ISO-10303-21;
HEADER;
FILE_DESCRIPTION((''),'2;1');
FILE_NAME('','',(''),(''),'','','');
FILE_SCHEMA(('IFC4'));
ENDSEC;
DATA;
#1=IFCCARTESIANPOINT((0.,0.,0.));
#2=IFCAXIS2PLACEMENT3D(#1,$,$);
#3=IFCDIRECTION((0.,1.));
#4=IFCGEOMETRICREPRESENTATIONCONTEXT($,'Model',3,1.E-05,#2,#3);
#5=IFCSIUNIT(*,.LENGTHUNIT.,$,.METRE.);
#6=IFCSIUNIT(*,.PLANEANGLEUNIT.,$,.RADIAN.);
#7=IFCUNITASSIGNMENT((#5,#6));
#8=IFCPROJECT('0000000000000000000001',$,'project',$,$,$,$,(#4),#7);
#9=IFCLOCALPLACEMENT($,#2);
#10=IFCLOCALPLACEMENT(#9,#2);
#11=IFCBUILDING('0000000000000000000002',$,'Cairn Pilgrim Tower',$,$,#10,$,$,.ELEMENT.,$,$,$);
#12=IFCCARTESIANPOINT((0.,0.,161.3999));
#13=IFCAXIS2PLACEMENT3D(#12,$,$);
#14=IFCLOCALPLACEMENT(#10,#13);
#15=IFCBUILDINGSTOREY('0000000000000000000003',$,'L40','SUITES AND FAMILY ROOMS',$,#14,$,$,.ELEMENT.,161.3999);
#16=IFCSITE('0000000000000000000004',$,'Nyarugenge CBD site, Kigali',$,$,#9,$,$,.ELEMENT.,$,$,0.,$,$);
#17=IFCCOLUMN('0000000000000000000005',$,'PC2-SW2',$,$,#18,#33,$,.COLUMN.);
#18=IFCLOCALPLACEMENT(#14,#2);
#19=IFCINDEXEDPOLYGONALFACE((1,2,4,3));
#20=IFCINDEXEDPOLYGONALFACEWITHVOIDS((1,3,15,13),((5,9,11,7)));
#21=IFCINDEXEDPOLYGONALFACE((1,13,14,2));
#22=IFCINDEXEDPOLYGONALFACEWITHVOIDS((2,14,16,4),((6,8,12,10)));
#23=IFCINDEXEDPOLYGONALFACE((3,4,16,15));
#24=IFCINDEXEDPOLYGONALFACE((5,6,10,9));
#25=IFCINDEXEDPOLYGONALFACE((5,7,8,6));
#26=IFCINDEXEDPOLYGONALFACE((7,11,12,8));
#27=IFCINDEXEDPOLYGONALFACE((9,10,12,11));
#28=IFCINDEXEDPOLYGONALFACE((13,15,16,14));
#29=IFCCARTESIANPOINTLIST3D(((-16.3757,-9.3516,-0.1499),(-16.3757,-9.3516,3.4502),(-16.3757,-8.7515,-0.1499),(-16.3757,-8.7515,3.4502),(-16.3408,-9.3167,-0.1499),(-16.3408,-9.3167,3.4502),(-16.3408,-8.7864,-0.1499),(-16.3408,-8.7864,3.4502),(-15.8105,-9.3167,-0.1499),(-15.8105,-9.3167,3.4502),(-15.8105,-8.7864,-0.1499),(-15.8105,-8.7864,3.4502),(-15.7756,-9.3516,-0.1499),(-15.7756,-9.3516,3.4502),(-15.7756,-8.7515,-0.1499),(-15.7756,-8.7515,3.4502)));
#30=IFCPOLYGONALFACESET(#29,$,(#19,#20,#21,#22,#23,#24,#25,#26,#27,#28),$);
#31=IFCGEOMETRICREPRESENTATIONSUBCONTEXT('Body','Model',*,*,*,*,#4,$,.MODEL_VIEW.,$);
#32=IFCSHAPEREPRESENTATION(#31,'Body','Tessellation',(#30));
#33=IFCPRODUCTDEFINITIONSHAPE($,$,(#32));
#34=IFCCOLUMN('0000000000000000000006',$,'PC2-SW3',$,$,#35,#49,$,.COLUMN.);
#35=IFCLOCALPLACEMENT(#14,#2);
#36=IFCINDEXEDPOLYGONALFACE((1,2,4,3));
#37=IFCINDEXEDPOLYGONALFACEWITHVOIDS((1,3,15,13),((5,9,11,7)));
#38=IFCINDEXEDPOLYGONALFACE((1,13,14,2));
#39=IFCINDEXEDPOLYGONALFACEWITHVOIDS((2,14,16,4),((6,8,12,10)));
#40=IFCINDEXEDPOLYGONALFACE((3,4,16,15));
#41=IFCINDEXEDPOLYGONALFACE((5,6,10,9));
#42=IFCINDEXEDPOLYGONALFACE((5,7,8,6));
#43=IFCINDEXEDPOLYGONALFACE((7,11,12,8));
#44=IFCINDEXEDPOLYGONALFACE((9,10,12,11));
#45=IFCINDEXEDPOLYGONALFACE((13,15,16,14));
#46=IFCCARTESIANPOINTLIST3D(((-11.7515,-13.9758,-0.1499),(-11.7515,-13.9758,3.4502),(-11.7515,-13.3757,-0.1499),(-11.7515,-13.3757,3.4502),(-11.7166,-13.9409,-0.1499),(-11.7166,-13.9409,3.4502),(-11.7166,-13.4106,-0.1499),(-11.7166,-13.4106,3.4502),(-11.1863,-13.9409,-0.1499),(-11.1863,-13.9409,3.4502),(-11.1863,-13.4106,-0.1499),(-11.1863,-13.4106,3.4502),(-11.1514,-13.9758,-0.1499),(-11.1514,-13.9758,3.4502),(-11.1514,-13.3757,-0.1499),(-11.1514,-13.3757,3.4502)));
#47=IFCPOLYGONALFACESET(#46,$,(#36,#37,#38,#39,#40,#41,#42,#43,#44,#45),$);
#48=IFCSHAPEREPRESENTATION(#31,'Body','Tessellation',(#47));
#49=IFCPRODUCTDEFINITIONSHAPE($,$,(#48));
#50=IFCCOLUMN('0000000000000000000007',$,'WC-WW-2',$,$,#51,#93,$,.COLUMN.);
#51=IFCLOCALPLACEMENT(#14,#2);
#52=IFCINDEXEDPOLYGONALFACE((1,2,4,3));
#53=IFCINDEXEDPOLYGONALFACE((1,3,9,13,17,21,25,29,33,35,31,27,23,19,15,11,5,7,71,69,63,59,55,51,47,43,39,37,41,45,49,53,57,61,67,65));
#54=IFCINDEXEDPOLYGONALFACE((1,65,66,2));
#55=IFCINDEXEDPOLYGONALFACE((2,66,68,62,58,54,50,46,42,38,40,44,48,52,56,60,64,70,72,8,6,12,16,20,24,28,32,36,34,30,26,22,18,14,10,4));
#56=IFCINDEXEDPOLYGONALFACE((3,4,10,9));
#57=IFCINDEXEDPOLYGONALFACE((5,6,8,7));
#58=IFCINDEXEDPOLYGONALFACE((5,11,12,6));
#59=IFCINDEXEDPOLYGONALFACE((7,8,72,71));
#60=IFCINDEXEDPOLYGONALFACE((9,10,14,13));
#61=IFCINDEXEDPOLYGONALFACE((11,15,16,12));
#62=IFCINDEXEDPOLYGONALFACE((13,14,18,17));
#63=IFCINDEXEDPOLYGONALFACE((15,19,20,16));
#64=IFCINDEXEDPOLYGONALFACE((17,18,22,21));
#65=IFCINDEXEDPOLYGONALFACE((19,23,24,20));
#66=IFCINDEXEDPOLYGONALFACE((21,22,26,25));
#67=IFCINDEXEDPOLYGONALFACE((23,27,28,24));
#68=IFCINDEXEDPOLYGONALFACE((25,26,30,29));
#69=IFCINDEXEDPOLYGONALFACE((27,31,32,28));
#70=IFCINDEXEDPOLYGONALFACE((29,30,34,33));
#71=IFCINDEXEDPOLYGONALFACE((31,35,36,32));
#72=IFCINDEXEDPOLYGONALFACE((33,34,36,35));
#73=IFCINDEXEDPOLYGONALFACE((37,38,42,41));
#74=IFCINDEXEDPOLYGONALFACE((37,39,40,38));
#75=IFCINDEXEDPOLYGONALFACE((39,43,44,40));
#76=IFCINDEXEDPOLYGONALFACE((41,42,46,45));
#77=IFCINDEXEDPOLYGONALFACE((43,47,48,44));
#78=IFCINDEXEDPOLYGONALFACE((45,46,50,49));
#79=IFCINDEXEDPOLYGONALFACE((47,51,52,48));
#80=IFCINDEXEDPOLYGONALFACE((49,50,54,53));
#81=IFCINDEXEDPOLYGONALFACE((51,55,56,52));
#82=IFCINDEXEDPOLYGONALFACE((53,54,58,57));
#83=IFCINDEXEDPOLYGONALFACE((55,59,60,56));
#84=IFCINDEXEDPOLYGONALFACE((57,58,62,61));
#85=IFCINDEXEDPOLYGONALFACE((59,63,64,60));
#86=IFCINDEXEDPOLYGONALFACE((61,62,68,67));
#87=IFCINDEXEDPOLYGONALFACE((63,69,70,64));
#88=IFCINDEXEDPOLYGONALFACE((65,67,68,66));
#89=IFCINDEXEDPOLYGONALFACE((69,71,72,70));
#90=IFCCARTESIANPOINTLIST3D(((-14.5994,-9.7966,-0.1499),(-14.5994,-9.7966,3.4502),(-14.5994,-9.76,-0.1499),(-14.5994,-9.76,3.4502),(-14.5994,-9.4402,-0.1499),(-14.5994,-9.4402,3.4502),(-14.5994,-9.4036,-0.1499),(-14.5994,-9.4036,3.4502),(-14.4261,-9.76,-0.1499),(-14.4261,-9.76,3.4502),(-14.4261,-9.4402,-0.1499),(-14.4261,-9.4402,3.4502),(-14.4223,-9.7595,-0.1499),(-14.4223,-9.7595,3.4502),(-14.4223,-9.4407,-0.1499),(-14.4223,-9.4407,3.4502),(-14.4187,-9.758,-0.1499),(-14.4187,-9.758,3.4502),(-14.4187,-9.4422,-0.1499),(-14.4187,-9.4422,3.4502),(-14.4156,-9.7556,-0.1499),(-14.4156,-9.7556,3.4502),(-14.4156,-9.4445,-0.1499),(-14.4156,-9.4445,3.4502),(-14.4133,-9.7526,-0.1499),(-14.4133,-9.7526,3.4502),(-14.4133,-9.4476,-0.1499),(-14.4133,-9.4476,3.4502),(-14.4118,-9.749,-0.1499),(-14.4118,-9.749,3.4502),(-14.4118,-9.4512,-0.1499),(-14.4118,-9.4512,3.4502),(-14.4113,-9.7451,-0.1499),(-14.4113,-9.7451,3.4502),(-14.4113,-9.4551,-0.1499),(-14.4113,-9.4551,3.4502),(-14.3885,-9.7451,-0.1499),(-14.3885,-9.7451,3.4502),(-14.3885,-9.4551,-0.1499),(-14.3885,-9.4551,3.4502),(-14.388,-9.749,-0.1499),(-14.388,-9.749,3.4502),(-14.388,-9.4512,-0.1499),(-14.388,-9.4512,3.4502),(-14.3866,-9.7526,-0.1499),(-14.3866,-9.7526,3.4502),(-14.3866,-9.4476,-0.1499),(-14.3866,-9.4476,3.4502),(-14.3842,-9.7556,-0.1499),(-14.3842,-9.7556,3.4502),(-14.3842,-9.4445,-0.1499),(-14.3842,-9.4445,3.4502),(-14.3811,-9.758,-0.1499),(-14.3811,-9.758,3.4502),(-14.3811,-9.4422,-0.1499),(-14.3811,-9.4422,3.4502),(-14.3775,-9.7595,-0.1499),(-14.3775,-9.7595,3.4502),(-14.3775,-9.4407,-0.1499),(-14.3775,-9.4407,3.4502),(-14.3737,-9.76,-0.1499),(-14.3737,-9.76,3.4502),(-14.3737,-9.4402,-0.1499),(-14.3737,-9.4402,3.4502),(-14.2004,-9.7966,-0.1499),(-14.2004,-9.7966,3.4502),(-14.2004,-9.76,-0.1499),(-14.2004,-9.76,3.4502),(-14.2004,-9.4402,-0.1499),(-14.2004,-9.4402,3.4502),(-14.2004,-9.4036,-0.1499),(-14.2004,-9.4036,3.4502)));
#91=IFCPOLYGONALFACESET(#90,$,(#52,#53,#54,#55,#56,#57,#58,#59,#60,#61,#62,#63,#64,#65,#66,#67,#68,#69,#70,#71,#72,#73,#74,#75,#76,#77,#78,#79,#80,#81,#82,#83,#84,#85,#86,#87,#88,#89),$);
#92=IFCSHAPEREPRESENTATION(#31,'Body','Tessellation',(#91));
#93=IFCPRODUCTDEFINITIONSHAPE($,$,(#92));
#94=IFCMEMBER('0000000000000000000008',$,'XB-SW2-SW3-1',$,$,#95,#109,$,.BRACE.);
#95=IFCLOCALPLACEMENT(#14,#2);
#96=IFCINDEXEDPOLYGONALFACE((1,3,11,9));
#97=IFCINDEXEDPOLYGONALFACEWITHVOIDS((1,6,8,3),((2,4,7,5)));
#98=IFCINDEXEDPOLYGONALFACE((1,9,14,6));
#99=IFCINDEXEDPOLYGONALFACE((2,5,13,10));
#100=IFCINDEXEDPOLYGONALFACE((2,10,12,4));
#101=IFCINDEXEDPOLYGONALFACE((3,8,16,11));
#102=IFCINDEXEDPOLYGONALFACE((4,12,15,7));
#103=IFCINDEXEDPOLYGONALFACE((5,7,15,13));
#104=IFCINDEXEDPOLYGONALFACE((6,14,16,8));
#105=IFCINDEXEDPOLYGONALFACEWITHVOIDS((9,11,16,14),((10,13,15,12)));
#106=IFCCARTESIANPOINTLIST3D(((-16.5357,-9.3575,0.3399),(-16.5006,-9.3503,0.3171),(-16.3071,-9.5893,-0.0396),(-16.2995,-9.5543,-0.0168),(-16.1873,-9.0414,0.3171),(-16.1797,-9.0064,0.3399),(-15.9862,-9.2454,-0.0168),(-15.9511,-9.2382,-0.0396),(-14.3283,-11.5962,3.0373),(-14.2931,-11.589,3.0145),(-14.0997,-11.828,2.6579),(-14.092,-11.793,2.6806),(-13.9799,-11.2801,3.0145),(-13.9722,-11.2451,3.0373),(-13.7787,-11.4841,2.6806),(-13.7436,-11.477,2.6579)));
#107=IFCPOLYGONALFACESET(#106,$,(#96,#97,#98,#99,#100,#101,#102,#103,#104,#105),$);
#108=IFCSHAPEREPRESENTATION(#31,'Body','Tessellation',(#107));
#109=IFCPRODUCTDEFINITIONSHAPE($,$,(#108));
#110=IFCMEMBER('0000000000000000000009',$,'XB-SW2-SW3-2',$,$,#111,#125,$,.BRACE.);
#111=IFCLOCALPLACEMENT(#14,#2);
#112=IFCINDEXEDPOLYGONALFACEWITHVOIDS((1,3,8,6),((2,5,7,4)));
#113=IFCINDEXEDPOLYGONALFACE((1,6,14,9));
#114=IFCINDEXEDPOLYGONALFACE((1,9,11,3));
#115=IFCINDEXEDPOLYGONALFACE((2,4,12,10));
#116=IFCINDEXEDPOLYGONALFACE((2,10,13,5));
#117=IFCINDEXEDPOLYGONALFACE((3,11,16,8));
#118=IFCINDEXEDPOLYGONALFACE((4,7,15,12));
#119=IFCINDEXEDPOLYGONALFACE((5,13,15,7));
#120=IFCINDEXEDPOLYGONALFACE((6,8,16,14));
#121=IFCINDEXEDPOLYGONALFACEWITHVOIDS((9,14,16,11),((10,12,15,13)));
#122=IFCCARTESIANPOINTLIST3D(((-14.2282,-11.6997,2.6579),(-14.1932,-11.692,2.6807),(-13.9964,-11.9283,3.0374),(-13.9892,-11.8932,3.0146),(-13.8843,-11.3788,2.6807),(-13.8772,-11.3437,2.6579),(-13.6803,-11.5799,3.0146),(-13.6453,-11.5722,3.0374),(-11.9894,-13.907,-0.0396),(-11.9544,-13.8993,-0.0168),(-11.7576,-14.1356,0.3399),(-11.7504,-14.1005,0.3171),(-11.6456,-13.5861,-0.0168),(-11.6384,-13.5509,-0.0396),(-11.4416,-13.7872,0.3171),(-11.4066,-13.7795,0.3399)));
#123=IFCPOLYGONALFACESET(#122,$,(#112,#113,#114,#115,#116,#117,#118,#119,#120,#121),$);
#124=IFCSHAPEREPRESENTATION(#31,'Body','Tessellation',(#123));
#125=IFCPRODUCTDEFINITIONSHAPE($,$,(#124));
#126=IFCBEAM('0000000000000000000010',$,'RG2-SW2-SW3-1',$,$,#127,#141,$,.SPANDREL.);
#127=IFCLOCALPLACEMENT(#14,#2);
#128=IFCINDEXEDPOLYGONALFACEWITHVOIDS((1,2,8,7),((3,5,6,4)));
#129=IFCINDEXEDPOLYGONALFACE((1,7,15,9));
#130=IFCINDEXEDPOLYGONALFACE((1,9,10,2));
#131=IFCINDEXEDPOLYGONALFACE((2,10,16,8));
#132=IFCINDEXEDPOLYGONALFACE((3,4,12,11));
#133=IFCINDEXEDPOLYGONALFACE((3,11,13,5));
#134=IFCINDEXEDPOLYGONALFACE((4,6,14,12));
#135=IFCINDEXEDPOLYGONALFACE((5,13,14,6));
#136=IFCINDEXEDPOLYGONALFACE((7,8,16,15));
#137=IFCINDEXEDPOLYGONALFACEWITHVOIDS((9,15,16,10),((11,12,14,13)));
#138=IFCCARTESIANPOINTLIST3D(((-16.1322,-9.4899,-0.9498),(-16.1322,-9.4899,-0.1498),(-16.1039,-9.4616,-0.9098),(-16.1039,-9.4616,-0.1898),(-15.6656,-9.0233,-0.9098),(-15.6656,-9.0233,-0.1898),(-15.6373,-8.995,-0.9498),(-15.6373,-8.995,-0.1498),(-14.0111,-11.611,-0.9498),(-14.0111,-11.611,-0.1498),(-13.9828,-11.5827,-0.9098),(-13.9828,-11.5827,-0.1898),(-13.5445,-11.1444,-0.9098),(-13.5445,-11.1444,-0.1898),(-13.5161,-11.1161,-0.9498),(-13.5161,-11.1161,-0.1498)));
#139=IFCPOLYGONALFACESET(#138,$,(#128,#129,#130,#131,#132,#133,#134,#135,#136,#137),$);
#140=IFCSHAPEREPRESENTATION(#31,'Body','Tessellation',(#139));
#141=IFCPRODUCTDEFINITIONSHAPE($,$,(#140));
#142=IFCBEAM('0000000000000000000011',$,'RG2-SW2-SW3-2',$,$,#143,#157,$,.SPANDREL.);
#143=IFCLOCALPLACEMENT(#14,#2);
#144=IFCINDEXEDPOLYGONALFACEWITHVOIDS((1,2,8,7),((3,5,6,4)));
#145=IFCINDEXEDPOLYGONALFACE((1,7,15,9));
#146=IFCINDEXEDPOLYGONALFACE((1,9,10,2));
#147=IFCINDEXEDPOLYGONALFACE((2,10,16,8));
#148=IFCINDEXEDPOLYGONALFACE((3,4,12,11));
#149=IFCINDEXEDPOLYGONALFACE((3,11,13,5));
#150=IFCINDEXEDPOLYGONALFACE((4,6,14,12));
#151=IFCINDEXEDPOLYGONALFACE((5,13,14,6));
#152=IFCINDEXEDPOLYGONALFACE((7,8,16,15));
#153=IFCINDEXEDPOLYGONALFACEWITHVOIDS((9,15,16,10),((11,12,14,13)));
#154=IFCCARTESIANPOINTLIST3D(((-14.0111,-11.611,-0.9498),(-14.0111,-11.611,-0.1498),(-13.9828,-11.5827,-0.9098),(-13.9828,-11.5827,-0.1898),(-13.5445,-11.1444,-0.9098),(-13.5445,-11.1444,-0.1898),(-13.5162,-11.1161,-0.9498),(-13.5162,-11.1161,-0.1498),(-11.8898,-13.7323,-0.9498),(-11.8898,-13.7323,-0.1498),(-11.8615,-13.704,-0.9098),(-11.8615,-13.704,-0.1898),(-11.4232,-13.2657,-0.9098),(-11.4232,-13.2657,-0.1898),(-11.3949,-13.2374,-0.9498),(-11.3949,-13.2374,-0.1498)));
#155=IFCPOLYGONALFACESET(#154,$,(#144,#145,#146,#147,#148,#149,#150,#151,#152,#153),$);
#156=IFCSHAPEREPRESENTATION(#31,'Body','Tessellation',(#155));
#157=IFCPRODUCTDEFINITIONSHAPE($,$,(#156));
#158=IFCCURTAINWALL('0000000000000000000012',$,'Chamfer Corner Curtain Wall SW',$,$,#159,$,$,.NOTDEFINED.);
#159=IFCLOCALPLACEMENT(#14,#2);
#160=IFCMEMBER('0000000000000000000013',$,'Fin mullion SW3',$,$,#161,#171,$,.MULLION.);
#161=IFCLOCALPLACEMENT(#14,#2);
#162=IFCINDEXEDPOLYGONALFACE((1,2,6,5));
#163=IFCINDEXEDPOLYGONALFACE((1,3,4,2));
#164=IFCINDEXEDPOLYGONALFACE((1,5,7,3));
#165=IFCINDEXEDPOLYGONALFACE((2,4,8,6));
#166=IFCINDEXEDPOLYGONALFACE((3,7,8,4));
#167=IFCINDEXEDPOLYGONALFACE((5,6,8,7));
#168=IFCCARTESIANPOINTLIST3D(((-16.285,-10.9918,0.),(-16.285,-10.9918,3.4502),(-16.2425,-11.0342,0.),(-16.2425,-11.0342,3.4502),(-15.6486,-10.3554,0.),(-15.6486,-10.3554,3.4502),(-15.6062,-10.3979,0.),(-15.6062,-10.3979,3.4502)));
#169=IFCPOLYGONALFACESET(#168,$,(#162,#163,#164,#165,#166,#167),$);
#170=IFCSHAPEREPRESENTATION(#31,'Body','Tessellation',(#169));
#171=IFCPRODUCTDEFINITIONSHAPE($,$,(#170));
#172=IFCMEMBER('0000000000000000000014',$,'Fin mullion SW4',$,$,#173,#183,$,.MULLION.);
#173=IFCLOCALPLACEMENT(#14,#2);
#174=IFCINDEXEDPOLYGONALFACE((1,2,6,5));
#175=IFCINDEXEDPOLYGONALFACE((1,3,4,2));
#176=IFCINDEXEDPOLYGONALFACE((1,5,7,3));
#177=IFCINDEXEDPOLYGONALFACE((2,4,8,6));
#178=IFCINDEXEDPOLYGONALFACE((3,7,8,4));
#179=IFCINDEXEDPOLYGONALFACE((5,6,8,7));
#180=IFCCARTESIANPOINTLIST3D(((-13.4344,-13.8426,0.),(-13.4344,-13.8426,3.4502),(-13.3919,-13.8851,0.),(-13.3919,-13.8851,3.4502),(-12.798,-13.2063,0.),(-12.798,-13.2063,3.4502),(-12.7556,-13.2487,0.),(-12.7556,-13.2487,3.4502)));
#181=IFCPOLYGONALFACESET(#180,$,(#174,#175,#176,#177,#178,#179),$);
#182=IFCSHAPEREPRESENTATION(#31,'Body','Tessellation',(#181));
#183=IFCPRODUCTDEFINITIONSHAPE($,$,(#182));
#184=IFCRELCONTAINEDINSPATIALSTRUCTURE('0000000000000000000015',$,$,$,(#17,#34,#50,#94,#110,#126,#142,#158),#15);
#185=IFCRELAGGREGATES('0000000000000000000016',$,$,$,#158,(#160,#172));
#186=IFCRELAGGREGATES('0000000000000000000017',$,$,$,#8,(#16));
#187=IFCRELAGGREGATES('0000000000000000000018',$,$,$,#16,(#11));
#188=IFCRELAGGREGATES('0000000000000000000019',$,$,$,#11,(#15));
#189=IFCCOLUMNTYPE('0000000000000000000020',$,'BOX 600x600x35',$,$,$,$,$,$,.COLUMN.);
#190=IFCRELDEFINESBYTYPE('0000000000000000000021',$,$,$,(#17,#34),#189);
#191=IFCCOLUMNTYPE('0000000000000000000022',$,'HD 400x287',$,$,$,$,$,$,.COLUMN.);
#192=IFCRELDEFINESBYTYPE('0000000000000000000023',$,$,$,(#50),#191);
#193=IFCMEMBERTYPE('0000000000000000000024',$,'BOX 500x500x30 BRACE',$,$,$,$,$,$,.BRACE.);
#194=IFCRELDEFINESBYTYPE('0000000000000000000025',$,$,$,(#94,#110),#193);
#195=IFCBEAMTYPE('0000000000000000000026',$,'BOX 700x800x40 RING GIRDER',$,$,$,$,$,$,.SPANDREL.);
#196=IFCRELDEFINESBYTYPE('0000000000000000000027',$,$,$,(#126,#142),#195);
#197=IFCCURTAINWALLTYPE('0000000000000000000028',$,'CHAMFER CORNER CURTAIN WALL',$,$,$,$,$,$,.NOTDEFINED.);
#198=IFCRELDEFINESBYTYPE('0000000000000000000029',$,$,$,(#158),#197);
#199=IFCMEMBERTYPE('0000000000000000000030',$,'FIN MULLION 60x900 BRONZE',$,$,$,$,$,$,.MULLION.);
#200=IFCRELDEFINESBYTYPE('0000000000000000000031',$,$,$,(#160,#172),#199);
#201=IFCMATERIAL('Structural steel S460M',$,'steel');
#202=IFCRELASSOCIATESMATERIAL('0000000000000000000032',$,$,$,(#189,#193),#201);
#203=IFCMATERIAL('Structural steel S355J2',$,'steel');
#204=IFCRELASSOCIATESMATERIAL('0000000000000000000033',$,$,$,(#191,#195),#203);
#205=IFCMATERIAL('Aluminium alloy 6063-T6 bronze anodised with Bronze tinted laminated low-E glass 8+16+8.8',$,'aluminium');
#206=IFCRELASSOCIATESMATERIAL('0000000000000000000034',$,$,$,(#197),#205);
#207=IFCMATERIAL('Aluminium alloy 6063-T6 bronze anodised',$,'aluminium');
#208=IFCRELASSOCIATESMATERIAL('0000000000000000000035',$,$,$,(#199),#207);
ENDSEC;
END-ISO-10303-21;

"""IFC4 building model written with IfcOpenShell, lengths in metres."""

from ifc_helpers import new_model, si_unit, direction, frame, origin, origin_2d, place, context, subcontext, project, spatial, rectangle, hollow_rectangle, i_section, extrude, material, material_profile, profile_set, type_object, element, aggregate, save


model = new_model("IFC4")

# Units and contexts
model_context = context("Model", 3, precision=1e-05, world=origin(), true_north=direction((0.0, 1.0)))
body_context = subcontext(model_context, "Body", "Model", "MODEL_VIEW")
ifc_project = project(units=[si_unit("LENGTHUNIT", "METRE"), si_unit("PLANEANGLEUNIT", "RADIAN")], contexts=[model_context])

# Site, building, storey
site_placement = place(None, origin())
site = spatial("IfcSite", under=ifc_project, at=site_placement, Name="Nyarugenge CBD site, Kigali", CompositionType="ELEMENT", RefElevation=0.0)
building_placement = place(site_placement, origin())
building = spatial("IfcBuilding", under=site, at=building_placement, Name="Cairn Pilgrim Tower", CompositionType="ELEMENT")
storey_placement = place(building_placement, frame((0.0, 0.0, 161.3999)))
storey = spatial("IfcBuildingStorey", under=building, at=storey_placement, Name="L40", Description="SUITES AND FAMILY ROOMS", CompositionType="ELEMENT", Elevation=161.3999)

# Columns
ifc_material_1 = material(Name="Structural steel S460M", Category="steel")
ifc_material_profile_1 = material_profile(ifc_material_1, hollow_rectangle(XDim=0.6001, YDim=0.6001, WallThickness=0.0349, at=origin_2d()), Name="BOX 600x600x35")
ifc_profile_set_1 = profile_set([ifc_material_profile_1], Name="Structural steel S460M")
column_type_1 = type_object("IfcColumnType", Name="BOX 600x600x35", PredefinedType="COLUMN", material=ifc_profile_set_1)
for number, where, z_axis, x_axis, name in (
    (1, (-16.0757, -9.0515, -0.1499), (0.0, 0.0, 1.0), (1.0, 0.0, 0.0), "PC2-SW2"),
    (2, (-11.4514, -13.6758, -0.1499), (0.0, 0.0, 1.0), (1.0, 0.0, 0.0), "PC2-SW3"),
):
    element("IfcColumn", number, at=place(storey_placement, frame(where, z_axis=z_axis, x_axis=x_axis)), inside=storey, type_object=column_type_1, Name=name, PredefinedType="COLUMN", context=body_context, shape_type="SweptSolid", body=[
        extrude(hollow_rectangle(XDim=0.6001, YDim=0.6001, WallThickness=0.0349, at=origin_2d()), origin(), (0.0, 0.0, 1.0), 3.6001),
    ])
ifc_material_2 = material(Name="Structural steel S355J2", Category="steel")
ifc_material_profile_2 = material_profile(ifc_material_2, i_section(OverallWidth=0.3989, OverallDepth=0.3931, WebThickness=0.0227, FlangeThickness=0.0366, FilletRadius=0.0149, at=origin_2d()), Name="HD 400x287")
ifc_profile_set_2 = profile_set([ifc_material_profile_2], Name="Structural steel S355J2")
column_type_2 = type_object("IfcColumnType", Name="HD 400x287", PredefinedType="COLUMN", material=ifc_profile_set_2)
column_placement = place(storey_placement, frame((-14.3999, -9.6001, -0.1499), z_axis=(0.0, 0.0, 1.0), x_axis=(1.0, 0.0, 0.0)))
element("IfcColumn", 3, at=column_placement, inside=storey, type_object=column_type_2, Name="WC-WW-2", PredefinedType="COLUMN", context=body_context, shape_type="SweptSolid", body=[
    extrude(i_section(OverallWidth=0.3989, OverallDepth=0.3931, WebThickness=0.0227, FlangeThickness=0.0366, FilletRadius=0.0149, at=origin_2d()), origin(), (0.0, 0.0, 1.0), 3.6001),
])

# Members
ifc_material_profile_3 = material_profile(ifc_material_1, hollow_rectangle(XDim=0.5, YDim=0.5, WallThickness=0.03, at=origin_2d()), Name="BOX 500x500x30")
ifc_profile_set_3 = profile_set([ifc_material_profile_3], Name="Structural steel S460M")
member_type_1 = type_object("IfcMemberType", Name="BOX 500x500x30 BRACE", PredefinedType="BRACE", material=ifc_profile_set_3)
for number, where, z_axis, x_axis, name in (
    (4, (-16.2434, -9.2979, 0.1501), (0.532872, -0.540416, 0.651151), (0.712059, 0.70212, 0.0), "XB-SW2-SW3-1"),
    (5, (-11.698, -13.8433, 0.1501), (-0.540433, 0.53283, 0.651171), (-0.70208, -0.712098, 0.0), "XB-SW2-SW3-2"),
):
    element("IfcMember", number, at=place(storey_placement, frame(where, z_axis=z_axis, x_axis=x_axis)), inside=storey, type_object=member_type_1, Name=name, PredefinedType="BRACE", context=body_context, shape_type="SweptSolid", body=[
        extrude(hollow_rectangle(XDim=0.5, YDim=0.5, WallThickness=0.03, at=origin_2d()), origin(), (0.0, 0.0, 1.0), 4.1426),
    ])

# Beams
ifc_material_profile_4 = material_profile(ifc_material_2, hollow_rectangle(XDim=0.7, YDim=0.8, WallThickness=0.04, at=origin_2d()), Name="BOX 700x800x40")
ifc_profile_set_4 = profile_set([ifc_material_profile_4], Name="Structural steel S355J2")
beam_type_1 = type_object("IfcBeamType", Name="BOX 700x800x40 RING GIRDER", PredefinedType="SPANDREL", material=ifc_profile_set_4)
beam_1_placement = place(storey_placement, frame((-15.8848, -9.2424, -0.5498), z_axis=(0.707107, -0.707107, 0.0), x_axis=(0.707107, 0.707107, 0.0)))
element("IfcBeam", 6, at=beam_1_placement, inside=storey, type_object=beam_type_1, Name="RG2-SW2-SW3-1", PredefinedType="SPANDREL", context=body_context, shape_type="SweptSolid", body=[
    extrude(hollow_rectangle(XDim=0.7, YDim=0.8, WallThickness=0.04, at=origin_2d()), origin(), (0.0, 0.0, 1.0), 2.9998),
])
beam_2_placement = place(storey_placement, frame((-13.7637, -11.3635, -0.5498), z_axis=(0.707107, -0.707107, 0.0), x_axis=(0.707107, 0.707107, 0.0)))
element("IfcBeam", 7, at=beam_2_placement, inside=storey, type_object=beam_type_1, Name="RG2-SW2-SW3-2", PredefinedType="SPANDREL", context=body_context, shape_type="SweptSolid", body=[
    extrude(hollow_rectangle(XDim=0.7, YDim=0.8, WallThickness=0.04, at=origin_2d()), origin(), (0.0, 0.0, 1.0), 3.0),
])

# Curtain wall, members
ifc_material_3 = material(Name="Aluminium alloy 6063-T6 bronze anodised with Bronze tinted laminated low-E glass 8+16+8.8", Category="aluminium")
curtain_wall_type = type_object("IfcCurtainWallType", Name="CHAMFER CORNER CURTAIN WALL", PredefinedType="NOTDEFINED", material=ifc_material_3)
curtain_wall_placement = place(storey_placement, origin())
curtain_wall = element("IfcCurtainWall", 8, at=curtain_wall_placement, inside=storey, type_object=curtain_wall_type, Name="Chamfer Corner Curtain Wall SW", PredefinedType="NOTDEFINED")
ifc_material_4 = material(Name="Aluminium alloy 6063-T6 bronze anodised", Category="aluminium")
ifc_material_profile_5 = material_profile(ifc_material_4, rectangle(XDim=0.8999, YDim=0.0601, at=origin_2d()), Name="FIN MULLION 60x900 BRONZE")
ifc_profile_set_5 = profile_set([ifc_material_profile_5], Name="Aluminium alloy 6063-T6 bronze anodised")
member_type_2 = type_object("IfcMemberType", Name="FIN MULLION 60x900 BRONZE", PredefinedType="MULLION", material=ifc_profile_set_5)
member_1_placement = place(storey_placement, frame((-15.9456, -10.6948, 0.0), z_axis=(0.0, 0.0, 1.0), x_axis=(-0.707107, -0.707107, 0.0)))
member_1 = element("IfcMember", 9, at=member_1_placement, type_object=member_type_2, Name="Fin mullion SW3", PredefinedType="MULLION", context=body_context, shape_type="SweptSolid", body=[
    extrude(rectangle(XDim=0.8999, YDim=0.0601, at=origin_2d()), origin(), (0.0, 0.0, 1.0), 3.4502),
])
member_2_placement = place(storey_placement, frame((-13.095, -13.5457, 0.0), z_axis=(0.0, 0.0, 1.0), x_axis=(-0.707107, -0.707107, 0.0)))
member_2 = element("IfcMember", 10, at=member_2_placement, type_object=member_type_2, Name="Fin mullion SW4", PredefinedType="MULLION", context=body_context, shape_type="SweptSolid", body=[
    extrude(rectangle(XDim=0.8999, YDim=0.0601, at=origin_2d()), origin(), (0.0, 0.0, 1.0), 3.4502),
])

aggregate(curtain_wall, [member_1, member_2])

save(model, "model.ifc")
